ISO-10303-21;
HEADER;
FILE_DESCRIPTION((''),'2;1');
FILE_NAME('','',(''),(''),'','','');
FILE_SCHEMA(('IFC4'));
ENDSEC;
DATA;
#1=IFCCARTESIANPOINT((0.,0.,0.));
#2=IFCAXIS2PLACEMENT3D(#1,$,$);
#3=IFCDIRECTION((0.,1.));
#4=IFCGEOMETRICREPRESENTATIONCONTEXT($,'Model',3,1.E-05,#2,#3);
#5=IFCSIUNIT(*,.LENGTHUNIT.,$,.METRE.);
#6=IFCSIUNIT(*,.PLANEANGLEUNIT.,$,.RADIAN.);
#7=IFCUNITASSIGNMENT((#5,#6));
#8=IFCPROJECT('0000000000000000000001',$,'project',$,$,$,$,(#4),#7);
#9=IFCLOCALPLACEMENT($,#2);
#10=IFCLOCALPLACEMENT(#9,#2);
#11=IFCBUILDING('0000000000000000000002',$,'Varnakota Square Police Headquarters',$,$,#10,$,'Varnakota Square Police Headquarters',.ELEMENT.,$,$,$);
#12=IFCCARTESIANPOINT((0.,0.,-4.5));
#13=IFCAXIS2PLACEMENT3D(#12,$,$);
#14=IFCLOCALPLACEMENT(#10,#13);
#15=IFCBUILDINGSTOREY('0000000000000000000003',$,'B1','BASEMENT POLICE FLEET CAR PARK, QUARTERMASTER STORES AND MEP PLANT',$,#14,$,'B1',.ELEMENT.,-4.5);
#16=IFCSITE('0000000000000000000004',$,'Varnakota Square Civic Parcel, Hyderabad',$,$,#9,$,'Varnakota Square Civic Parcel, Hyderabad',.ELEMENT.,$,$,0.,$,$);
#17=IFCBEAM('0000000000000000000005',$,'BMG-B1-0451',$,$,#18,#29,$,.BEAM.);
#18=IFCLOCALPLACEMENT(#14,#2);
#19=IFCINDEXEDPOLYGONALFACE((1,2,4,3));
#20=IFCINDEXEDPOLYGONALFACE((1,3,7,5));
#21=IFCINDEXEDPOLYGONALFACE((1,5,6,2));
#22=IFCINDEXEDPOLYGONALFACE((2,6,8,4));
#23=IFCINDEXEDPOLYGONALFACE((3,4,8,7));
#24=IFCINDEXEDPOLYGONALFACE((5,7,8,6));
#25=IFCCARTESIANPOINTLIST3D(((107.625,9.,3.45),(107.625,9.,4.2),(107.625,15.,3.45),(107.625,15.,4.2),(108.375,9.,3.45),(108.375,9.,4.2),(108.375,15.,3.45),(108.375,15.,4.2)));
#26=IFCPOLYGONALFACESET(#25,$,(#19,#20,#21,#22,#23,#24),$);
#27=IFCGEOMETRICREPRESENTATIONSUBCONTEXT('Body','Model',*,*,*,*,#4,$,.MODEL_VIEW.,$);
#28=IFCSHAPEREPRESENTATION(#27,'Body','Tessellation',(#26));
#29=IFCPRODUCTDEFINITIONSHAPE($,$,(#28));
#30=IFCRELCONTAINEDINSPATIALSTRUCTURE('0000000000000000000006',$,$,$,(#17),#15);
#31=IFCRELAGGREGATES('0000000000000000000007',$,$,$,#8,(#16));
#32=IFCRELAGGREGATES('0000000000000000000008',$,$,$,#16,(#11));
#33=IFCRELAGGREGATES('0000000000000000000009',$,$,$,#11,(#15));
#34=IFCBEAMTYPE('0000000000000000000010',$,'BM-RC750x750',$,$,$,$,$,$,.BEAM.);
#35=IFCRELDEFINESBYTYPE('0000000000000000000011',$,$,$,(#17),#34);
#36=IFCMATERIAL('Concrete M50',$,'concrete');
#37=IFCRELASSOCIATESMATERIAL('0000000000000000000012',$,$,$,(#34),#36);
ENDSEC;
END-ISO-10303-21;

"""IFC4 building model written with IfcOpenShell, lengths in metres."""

from ifc_helpers import new_model, si_unit, direction, frame, origin, origin_2d, place, context, subcontext, project, spatial, rectangle, extrude, material, material_profile, profile_set, type_object, element, save


model = new_model("IFC4")

# Units and contexts
model_context = context("Model", 3, precision=1e-05, world=origin(), true_north=direction((0.0, 1.0)))
body_context = subcontext(model_context, "Body", "Model", "MODEL_VIEW")
ifc_project = project(units=[si_unit("LENGTHUNIT", "METRE"), si_unit("PLANEANGLEUNIT", "RADIAN")], contexts=[model_context])

# Site, building, storey
site_placement = place(None, origin())
site = spatial("IfcSite", under=ifc_project, at=site_placement, Name="Varnakota Square Civic Parcel, Hyderabad", LongName="Varnakota Square Civic Parcel, Hyderabad", CompositionType="ELEMENT", RefElevation=0.0)
building_placement = place(site_placement, origin())
building = spatial("IfcBuilding", under=site, at=building_placement, Name="Varnakota Square Police Headquarters", LongName="Varnakota Square Police Headquarters", CompositionType="ELEMENT")
storey_placement = place(building_placement, frame((0.0, 0.0, -4.5)))
storey = spatial("IfcBuildingStorey", under=building, at=storey_placement, Name="B1", Description="BASEMENT POLICE FLEET CAR PARK, QUARTERMASTER STORES AND MEP PLANT", LongName="B1", CompositionType="ELEMENT", Elevation=-4.5)

# Shared definitions
ifc_material_1 = material(Name="Concrete M50", Category="concrete")

# Beam
ifc_material_profile_1 = material_profile(ifc_material_1, rectangle(XDim=0.75, YDim=0.75, at=origin_2d()), Name="RC 750x750")
ifc_profile_set_1 = profile_set([ifc_material_profile_1], Name="Concrete M50")
beam_type_1 = type_object("IfcBeamType", Name="BM-RC750x750", PredefinedType="BEAM", material=ifc_profile_set_1)
beam_1_placement = place(storey_placement, frame((108.0, 9.0, 3.825), z_axis=(0.0, 1.0, 0.0), x_axis=(-1.0, 0.0, 0.0)))
element("IfcBeam", 1, at=beam_1_placement, inside=storey, type_object=beam_type_1, Name="BMG-B1-0451", PredefinedType="BEAM", context=body_context, shape_type="SweptSolid", body=[
    extrude(rectangle(XDim=0.75, YDim=0.75, at=origin_2d()), origin(), (0.0, 0.0, 1.0), 6.0),
])

save(model, "model.ifc")
